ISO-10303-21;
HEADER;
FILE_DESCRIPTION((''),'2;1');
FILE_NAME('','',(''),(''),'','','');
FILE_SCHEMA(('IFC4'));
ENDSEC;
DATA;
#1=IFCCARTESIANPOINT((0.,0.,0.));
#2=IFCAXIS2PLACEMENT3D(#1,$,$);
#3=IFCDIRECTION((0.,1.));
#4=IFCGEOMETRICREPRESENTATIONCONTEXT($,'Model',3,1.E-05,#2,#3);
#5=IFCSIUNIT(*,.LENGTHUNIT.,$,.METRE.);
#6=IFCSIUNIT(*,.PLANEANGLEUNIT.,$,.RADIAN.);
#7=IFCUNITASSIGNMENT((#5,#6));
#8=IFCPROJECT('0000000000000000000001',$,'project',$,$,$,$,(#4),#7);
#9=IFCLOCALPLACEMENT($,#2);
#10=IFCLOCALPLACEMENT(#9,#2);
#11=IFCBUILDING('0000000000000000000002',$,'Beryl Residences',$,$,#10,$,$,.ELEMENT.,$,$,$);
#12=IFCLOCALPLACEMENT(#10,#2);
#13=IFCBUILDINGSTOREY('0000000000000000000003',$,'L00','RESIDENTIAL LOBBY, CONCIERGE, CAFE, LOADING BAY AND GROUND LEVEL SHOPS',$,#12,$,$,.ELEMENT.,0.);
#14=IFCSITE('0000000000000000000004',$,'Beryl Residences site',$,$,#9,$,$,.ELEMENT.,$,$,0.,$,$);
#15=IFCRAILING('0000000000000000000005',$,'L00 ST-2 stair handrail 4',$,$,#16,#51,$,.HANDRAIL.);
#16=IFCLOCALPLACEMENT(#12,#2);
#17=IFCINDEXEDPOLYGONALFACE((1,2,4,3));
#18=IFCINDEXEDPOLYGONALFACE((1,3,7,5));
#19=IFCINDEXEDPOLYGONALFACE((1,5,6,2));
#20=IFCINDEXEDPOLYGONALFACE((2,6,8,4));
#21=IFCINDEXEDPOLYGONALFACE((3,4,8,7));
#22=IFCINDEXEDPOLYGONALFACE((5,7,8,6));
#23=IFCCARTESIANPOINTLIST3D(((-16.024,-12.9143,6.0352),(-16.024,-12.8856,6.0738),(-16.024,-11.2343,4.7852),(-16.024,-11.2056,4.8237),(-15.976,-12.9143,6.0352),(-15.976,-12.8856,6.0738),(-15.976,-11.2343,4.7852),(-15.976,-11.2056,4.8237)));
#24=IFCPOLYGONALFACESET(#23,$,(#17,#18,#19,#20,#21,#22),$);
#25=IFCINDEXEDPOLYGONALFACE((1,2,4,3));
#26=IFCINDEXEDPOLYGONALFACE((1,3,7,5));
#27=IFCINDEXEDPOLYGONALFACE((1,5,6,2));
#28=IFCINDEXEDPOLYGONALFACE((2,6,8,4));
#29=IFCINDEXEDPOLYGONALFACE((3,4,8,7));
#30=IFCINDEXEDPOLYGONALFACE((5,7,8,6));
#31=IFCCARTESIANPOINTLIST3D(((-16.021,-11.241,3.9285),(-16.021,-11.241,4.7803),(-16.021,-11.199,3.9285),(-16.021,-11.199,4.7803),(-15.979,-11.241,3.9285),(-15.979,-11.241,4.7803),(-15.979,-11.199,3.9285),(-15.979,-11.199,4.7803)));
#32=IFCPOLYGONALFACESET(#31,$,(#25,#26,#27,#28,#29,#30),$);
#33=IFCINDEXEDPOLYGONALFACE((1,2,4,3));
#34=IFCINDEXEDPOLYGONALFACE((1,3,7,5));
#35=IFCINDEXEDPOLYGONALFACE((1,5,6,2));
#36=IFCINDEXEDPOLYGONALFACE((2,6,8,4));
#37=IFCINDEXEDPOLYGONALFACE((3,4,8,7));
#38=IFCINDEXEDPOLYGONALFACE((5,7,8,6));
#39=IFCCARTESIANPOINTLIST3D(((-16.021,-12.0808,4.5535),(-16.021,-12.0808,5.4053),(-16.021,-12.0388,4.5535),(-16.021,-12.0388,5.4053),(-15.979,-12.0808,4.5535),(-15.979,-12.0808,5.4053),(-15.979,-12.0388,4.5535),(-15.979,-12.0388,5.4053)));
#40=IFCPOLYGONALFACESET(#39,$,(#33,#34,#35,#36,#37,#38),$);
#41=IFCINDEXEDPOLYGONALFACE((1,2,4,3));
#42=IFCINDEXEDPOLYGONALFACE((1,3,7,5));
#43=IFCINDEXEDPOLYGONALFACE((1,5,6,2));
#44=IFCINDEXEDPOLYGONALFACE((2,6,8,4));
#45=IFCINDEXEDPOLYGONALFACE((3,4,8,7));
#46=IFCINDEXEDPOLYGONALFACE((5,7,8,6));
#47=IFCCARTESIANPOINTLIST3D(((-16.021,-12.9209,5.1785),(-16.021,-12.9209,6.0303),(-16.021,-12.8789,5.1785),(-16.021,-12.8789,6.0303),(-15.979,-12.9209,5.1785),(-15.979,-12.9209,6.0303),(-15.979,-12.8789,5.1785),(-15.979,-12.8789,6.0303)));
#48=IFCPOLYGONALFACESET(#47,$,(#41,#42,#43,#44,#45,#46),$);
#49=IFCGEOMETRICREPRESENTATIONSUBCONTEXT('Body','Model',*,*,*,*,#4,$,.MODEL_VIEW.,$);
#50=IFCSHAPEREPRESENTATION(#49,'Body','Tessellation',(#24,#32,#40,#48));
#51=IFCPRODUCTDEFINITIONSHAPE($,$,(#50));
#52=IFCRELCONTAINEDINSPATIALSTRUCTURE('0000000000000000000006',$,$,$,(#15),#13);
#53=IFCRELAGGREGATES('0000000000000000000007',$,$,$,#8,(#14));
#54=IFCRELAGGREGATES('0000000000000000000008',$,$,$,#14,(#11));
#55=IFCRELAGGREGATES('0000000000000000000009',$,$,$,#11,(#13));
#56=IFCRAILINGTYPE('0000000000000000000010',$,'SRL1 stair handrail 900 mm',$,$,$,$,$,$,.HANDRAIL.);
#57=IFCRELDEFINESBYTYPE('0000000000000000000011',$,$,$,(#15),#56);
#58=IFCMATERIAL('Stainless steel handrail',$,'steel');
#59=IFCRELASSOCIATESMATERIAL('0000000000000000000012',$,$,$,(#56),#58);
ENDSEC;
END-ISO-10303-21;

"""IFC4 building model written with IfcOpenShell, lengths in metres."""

from ifc_helpers import new_model, si_unit, direction, frame, origin, origin_2d, place, context, subcontext, project, spatial, rectangle, extrude, material, type_object, element, save


model = new_model("IFC4")

# Units and contexts
model_context = context("Model", 3, precision=1e-05, world=origin(), true_north=direction((0.0, 1.0)))
body_context = subcontext(model_context, "Body", "Model", "MODEL_VIEW")
ifc_project = project(units=[si_unit("LENGTHUNIT", "METRE"), si_unit("PLANEANGLEUNIT", "RADIAN")], contexts=[model_context])

# Site, building, storey
site_placement = place(None, origin())
site = spatial("IfcSite", under=ifc_project, at=site_placement, Name="Beryl Residences site", CompositionType="ELEMENT", RefElevation=0.0)
building_placement = place(site_placement, origin())
building = spatial("IfcBuilding", under=site, at=building_placement, Name="Beryl Residences", CompositionType="ELEMENT")
storey_placement = place(building_placement, origin())
storey = spatial("IfcBuildingStorey", under=building, at=storey_placement, Name="L00", Description="RESIDENTIAL LOBBY, CONCIERGE, CAFE, LOADING BAY AND GROUND LEVEL SHOPS", CompositionType="ELEMENT", Elevation=0.0)

# Railing
ifc_material_1 = material(Name="Stainless steel handrail", Category="steel")
railing_type = type_object("IfcRailingType", Name="SRL1 stair handrail 900 mm", PredefinedType="HANDRAIL", material=ifc_material_1)
for number, where, name in (
    (1, (-16.0, -11.22, 3.9285), "L00 ST-2 stair handrail 4"),
):
    element("IfcRailing", number, at=place(storey_placement, frame(where)), inside=storey, type_object=railing_type, Name=name, PredefinedType="HANDRAIL", context=body_context, shape_type="SweptSolid", body=[
        extrude(rectangle(XDim=0.0481, YDim=0.0481, at=origin_2d()), frame((0.0, 0.0, 0.876), z_axis=(0.0, -0.802275, 0.596955), x_axis=(1.0, 0.0, 0.0)), (0.0, 0.0, 1.0), 2.094),
        extrude(rectangle(XDim=0.042, YDim=0.042, at=origin_2d()), origin(), (0.0, 0.0, 1.0), 0.8518),
        extrude(rectangle(XDim=0.042, YDim=0.042, at=origin_2d()), frame((0.0, -0.8398, 0.625)), (0.0, 0.0, 1.0), 0.8518),
        extrude(rectangle(XDim=0.042, YDim=0.042, at=origin_2d()), frame((0.0, -1.6799, 1.25)), (0.0, 0.0, 1.0), 0.8518),
    ])

save(model, "model.ifc")
